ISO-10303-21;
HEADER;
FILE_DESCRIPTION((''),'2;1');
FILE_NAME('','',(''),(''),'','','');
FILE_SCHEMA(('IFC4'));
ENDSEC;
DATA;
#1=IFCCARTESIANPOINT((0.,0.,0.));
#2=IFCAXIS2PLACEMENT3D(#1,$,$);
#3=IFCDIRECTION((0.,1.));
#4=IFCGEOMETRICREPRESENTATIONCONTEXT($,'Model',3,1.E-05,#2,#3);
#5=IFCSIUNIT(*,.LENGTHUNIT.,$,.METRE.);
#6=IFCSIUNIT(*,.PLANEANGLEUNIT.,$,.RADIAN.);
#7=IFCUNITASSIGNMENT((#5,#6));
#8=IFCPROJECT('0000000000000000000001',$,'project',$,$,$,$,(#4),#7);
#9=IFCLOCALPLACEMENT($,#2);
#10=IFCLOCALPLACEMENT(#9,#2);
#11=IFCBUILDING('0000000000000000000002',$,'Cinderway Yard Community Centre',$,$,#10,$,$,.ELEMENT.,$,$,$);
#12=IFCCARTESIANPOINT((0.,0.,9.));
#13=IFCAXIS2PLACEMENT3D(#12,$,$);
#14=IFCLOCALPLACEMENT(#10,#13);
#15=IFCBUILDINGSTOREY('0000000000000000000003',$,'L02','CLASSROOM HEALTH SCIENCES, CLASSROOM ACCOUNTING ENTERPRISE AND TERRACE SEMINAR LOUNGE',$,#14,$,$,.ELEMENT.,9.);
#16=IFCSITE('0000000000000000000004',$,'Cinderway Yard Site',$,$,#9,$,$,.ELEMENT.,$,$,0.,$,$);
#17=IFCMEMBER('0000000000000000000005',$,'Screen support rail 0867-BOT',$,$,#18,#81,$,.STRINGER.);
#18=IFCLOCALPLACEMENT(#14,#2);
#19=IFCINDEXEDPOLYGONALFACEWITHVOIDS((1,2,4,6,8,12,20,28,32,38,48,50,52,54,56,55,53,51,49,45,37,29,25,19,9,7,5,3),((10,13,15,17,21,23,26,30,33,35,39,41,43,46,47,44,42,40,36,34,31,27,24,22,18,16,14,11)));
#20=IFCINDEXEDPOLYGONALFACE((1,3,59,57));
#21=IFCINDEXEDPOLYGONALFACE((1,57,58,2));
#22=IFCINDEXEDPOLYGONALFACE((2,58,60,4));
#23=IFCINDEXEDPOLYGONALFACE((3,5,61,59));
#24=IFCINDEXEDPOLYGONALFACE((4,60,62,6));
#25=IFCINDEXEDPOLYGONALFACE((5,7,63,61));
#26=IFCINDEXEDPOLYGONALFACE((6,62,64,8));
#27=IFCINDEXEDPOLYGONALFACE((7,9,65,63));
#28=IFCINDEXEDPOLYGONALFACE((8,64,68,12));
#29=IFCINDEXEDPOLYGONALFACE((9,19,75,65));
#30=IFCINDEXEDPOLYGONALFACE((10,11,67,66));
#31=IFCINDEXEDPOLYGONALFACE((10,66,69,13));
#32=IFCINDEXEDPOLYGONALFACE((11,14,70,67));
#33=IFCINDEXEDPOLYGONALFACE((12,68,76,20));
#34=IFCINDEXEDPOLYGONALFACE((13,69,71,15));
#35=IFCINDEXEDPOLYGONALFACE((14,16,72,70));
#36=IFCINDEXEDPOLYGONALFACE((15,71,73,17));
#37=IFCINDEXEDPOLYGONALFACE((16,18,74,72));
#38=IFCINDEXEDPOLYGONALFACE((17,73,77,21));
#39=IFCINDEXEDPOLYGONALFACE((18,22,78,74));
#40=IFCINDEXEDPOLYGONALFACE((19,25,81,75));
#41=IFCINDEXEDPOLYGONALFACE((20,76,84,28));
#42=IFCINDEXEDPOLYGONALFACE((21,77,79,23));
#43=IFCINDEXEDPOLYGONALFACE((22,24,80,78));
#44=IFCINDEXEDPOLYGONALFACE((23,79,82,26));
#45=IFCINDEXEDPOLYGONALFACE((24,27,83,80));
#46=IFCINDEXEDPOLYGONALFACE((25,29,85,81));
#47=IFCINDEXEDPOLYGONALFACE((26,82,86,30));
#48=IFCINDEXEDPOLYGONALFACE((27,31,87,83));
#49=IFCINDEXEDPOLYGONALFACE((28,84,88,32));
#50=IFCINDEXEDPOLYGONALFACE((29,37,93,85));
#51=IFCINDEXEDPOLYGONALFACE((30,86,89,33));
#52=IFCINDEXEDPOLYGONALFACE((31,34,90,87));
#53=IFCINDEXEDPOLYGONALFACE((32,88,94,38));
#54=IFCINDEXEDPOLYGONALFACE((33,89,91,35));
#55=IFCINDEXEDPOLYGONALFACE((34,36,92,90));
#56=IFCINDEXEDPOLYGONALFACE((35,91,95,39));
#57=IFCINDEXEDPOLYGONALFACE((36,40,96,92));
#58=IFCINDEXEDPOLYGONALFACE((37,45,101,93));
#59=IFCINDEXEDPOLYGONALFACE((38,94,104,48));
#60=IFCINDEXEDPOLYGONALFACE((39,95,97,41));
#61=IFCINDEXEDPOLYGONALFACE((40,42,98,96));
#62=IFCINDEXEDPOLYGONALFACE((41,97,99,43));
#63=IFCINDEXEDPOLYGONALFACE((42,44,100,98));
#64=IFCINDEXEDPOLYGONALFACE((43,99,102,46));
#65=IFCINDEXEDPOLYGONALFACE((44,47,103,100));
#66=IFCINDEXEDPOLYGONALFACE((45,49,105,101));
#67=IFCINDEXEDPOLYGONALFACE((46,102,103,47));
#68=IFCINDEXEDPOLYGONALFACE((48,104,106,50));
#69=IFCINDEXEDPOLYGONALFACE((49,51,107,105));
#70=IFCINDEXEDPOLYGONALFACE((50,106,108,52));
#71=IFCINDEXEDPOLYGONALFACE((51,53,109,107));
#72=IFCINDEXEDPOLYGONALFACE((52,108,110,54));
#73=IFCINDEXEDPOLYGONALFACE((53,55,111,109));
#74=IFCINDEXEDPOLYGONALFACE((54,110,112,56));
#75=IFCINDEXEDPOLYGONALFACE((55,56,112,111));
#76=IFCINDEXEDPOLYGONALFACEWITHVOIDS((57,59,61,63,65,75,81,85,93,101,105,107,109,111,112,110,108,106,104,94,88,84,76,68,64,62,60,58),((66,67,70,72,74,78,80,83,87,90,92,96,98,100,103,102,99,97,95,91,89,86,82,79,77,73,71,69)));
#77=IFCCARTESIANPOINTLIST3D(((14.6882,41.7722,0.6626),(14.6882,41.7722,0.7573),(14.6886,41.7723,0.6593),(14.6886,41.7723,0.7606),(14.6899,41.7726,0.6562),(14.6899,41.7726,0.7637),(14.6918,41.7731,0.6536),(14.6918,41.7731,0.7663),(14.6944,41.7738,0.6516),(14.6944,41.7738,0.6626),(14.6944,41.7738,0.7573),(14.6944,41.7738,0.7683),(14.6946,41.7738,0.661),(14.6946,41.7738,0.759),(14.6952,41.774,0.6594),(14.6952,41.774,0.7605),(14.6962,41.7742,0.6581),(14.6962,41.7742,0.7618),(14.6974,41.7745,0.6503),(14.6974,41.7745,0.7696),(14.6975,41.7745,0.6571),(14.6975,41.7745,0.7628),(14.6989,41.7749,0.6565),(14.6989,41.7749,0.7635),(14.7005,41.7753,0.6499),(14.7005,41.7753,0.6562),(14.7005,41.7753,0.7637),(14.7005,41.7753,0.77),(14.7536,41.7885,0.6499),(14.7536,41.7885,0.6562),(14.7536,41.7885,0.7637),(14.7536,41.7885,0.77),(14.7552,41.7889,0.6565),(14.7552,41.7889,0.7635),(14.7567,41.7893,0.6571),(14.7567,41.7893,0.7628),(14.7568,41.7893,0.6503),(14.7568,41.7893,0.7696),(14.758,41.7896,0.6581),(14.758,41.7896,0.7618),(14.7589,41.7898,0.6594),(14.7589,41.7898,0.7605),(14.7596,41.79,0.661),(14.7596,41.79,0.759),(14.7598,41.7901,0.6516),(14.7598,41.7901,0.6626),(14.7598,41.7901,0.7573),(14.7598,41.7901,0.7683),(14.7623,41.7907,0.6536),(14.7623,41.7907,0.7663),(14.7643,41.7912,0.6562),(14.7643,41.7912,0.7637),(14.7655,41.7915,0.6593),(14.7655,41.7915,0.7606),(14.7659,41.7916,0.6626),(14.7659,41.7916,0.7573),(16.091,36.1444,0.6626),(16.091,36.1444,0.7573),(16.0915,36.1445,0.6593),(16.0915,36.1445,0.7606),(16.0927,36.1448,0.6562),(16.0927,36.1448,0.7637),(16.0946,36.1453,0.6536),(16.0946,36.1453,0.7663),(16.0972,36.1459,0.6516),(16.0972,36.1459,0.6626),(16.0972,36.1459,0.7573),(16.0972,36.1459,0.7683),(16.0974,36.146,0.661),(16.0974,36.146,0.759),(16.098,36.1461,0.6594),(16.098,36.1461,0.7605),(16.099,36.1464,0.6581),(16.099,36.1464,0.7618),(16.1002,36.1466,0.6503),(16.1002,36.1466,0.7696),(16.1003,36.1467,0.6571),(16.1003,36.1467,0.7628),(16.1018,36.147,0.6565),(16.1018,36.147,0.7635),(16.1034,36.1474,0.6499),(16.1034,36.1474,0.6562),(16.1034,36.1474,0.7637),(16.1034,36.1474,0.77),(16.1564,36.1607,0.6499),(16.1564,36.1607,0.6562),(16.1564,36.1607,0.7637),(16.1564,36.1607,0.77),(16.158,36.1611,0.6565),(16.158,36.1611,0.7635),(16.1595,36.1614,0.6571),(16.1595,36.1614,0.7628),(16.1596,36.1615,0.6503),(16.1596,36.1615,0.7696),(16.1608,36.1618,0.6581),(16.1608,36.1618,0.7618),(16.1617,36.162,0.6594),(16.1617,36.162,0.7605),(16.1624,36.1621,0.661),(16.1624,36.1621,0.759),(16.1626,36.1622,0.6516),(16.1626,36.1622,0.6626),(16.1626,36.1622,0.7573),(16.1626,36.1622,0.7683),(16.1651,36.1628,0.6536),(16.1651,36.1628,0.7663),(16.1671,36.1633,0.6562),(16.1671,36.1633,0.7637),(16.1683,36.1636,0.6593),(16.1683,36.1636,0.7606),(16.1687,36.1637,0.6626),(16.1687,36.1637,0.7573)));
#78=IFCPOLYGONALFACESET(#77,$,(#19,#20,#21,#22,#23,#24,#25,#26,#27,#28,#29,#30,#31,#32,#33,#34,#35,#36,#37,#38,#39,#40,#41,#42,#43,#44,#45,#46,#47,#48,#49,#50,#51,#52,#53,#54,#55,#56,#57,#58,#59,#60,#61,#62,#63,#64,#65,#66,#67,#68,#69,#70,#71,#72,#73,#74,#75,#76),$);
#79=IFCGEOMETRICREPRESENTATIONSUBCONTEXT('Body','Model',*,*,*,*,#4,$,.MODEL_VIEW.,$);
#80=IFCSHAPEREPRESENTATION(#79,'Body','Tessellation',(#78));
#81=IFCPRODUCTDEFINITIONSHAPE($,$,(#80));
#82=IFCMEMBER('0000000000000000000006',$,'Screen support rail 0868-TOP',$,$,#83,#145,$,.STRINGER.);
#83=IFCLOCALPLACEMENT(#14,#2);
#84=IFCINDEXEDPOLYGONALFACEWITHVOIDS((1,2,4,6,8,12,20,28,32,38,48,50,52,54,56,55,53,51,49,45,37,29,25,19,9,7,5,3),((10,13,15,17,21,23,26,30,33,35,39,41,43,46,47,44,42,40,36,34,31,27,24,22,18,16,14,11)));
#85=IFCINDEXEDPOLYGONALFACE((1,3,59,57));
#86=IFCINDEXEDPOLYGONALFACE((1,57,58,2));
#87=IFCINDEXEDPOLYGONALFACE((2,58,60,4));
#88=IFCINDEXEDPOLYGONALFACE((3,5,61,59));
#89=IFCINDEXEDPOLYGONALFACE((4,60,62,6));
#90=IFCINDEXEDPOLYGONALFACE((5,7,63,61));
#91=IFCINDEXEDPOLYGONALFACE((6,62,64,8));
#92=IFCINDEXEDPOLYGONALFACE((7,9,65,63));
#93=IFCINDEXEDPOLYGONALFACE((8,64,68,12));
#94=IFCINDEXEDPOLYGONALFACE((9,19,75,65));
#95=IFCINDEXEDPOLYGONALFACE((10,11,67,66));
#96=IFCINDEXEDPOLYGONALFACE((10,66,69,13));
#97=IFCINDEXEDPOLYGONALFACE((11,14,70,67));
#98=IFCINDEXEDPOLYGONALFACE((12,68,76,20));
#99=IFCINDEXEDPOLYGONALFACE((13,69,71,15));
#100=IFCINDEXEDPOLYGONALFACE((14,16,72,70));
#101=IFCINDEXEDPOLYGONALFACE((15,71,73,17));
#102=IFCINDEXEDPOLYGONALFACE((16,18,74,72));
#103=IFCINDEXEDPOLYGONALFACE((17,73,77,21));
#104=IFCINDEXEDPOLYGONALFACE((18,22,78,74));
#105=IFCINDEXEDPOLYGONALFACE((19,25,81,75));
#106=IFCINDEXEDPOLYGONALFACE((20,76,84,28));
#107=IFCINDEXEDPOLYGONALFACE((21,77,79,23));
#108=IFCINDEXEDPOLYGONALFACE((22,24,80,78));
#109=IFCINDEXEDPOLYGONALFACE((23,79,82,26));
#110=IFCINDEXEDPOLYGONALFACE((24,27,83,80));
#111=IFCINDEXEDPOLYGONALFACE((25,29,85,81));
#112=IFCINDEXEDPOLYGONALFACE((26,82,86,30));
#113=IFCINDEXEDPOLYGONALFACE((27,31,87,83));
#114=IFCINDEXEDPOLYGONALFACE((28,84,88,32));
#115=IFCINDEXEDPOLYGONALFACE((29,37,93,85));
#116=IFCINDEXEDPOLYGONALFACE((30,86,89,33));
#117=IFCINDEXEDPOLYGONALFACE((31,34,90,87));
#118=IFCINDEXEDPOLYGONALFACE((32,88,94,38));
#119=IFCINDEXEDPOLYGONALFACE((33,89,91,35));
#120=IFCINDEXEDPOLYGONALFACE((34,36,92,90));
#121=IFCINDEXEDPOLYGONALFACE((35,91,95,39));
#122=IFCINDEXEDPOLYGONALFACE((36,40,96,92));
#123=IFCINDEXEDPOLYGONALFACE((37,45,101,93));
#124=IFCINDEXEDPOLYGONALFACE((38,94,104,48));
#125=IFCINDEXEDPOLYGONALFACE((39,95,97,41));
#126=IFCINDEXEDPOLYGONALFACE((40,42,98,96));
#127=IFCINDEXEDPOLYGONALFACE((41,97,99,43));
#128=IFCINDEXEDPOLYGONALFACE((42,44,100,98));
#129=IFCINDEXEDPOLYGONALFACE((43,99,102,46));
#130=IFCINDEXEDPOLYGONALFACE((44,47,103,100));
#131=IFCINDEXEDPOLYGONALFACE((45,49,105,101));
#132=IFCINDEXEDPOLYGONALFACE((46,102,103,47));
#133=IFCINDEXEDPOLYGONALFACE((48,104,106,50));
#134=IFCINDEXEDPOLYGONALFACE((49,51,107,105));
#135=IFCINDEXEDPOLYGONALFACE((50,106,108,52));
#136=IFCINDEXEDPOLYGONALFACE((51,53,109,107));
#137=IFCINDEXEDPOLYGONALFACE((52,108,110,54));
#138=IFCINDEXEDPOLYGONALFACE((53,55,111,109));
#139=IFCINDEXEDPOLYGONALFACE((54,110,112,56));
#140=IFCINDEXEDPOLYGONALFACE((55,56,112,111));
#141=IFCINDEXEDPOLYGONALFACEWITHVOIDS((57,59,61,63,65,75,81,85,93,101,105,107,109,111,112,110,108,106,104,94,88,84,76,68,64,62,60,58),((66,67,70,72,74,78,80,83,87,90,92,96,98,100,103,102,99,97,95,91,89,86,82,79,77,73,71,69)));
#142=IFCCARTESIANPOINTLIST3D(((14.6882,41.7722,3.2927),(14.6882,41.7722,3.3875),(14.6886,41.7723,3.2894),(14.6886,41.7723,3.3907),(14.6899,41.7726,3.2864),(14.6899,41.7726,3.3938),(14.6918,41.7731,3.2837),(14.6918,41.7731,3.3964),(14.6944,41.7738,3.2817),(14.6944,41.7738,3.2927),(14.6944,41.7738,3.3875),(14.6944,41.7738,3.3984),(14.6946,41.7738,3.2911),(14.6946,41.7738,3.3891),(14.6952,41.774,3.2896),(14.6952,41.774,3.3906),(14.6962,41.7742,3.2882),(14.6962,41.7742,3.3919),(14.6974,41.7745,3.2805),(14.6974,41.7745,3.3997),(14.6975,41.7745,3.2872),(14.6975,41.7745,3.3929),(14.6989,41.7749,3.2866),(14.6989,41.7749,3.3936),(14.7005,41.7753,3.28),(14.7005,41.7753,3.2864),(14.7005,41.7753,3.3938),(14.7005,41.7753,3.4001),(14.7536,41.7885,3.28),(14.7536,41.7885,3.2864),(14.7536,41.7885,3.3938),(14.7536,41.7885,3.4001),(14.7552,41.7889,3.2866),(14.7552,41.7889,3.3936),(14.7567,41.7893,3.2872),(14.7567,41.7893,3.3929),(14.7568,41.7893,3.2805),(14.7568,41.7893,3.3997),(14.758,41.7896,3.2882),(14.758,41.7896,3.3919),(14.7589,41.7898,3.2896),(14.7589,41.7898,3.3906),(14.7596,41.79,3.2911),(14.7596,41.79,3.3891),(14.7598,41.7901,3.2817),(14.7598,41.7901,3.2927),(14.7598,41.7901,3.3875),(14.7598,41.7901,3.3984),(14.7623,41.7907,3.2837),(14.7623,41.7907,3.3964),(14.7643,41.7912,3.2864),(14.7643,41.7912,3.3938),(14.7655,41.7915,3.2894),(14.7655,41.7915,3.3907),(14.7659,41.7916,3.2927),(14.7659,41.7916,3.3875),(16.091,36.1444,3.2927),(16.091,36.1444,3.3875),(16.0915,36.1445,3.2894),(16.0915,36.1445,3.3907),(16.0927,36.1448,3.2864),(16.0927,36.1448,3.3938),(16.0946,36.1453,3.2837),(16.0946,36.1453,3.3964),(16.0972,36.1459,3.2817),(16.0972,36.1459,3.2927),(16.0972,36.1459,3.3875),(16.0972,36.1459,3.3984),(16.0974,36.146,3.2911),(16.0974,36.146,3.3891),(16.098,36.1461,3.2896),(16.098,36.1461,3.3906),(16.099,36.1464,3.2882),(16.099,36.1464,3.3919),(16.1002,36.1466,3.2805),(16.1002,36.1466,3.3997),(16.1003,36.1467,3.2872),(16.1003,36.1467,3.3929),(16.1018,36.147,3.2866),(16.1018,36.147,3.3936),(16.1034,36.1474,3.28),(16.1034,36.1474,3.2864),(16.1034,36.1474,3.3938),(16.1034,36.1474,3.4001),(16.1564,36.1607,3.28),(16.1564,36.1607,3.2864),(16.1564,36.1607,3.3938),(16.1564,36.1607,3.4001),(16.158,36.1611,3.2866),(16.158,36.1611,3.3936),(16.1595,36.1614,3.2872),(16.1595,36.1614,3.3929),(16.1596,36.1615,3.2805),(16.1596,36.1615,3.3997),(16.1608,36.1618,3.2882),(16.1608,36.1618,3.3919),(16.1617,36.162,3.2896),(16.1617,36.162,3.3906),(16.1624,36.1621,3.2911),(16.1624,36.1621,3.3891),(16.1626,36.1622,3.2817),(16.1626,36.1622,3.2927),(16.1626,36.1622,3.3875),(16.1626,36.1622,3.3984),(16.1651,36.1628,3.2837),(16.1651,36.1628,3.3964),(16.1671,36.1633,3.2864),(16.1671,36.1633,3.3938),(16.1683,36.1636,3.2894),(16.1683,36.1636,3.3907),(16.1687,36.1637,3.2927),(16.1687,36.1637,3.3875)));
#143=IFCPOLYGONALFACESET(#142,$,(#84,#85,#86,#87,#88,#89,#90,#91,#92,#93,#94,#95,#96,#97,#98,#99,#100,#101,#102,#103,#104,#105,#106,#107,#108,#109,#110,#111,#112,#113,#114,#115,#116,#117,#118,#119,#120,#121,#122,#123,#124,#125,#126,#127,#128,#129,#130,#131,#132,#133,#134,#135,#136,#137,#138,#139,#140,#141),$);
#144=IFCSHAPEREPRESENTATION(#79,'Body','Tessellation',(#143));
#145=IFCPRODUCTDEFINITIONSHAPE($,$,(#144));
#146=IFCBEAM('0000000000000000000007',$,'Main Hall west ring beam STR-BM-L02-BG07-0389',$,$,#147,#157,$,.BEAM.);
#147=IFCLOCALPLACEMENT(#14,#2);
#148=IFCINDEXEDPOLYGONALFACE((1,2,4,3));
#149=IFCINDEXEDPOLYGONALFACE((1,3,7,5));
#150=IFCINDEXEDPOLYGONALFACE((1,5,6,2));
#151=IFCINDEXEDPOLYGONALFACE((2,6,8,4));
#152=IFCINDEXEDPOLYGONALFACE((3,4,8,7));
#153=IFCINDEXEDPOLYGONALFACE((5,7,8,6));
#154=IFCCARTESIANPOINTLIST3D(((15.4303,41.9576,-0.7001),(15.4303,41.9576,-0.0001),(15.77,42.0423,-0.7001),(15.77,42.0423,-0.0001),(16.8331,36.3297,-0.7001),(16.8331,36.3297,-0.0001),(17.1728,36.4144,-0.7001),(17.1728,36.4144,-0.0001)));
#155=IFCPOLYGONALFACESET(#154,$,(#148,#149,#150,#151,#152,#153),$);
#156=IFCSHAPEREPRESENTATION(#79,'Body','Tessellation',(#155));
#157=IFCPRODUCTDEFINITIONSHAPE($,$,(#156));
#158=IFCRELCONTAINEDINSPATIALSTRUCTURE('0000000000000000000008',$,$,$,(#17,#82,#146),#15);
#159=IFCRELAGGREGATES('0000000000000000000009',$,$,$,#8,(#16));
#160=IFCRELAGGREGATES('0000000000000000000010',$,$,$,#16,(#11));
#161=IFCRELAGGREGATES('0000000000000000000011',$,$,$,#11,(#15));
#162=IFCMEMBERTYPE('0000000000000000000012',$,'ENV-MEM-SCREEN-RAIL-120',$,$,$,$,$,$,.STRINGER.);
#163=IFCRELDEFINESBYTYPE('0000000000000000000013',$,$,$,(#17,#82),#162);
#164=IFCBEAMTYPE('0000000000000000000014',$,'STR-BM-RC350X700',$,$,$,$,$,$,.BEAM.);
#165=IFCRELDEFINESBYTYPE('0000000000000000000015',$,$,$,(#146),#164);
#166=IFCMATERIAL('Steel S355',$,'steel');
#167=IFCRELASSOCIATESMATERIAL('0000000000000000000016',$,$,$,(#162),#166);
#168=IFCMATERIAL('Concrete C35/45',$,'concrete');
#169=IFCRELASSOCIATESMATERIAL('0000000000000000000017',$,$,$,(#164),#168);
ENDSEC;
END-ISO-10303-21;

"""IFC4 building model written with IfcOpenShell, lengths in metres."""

from ifc_helpers import new_model, si_unit, direction, frame, origin, origin_2d, place, context, subcontext, project, spatial, rectangle, hollow_rectangle, extrude, material, material_profile, profile_set, type_object, element, save


model = new_model("IFC4")

# Units and contexts
model_context = context("Model", 3, precision=1e-05, world=origin(), true_north=direction((0.0, 1.0)))
body_context = subcontext(model_context, "Body", "Model", "MODEL_VIEW")
ifc_project = project(units=[si_unit("LENGTHUNIT", "METRE"), si_unit("PLANEANGLEUNIT", "RADIAN")], contexts=[model_context])

# Site, building, storey
site_placement = place(None, origin())
site = spatial("IfcSite", under=ifc_project, at=site_placement, Name="Cinderway Yard Site", CompositionType="ELEMENT", RefElevation=0.0)
building_placement = place(site_placement, origin())
building = spatial("IfcBuilding", under=site, at=building_placement, Name="Cinderway Yard Community Centre", CompositionType="ELEMENT")
storey_placement = place(building_placement, frame((0.0, 0.0, 9.0)))
storey = spatial("IfcBuildingStorey", under=building, at=storey_placement, Name="L02", Description="CLASSROOM HEALTH SCIENCES, CLASSROOM ACCOUNTING ENTERPRISE AND TERRACE SEMINAR LOUNGE", CompositionType="ELEMENT", Elevation=9.0)

# Members
ifc_material_1 = material(Name="Steel S355", Category="steel")
ifc_material_profile_1 = material_profile(ifc_material_1, hollow_rectangle(XDim=0.0801, YDim=0.1201, WallThickness=0.0063, InnerFilletRadius=0.0063, OuterFilletRadius=0.0127, at=origin_2d()), Name="Steel S355")
ifc_profile_set_1 = profile_set([ifc_material_profile_1], Name="Steel S355")
member_type_1 = type_object("IfcMemberType", Name="ENV-MEM-SCREEN-RAIL-120", PredefinedType="STRINGER", material=ifc_profile_set_1)
for number, where, z_axis, x_axis, name in (
    (1, (16.1299, 36.1541, 0.71), (-0.241862, 0.970311, 0.0), (-0.970311, -0.241862, 0.0), "Screen support rail 0867-BOT"),
    (2, (16.1299, 36.1541, 3.3401), (-0.241862, 0.970311, 0.0), (-0.970311, -0.241862, 0.0), "Screen support rail 0868-TOP"),
):
    element("IfcMember", number, at=place(storey_placement, frame(where, z_axis=z_axis, x_axis=x_axis)), inside=storey, type_object=member_type_1, Name=name, PredefinedType="STRINGER", context=body_context, shape_type="SweptSolid", body=[
        extrude(hollow_rectangle(XDim=0.0801, YDim=0.1201, WallThickness=0.0063, InnerFilletRadius=0.0063, OuterFilletRadius=0.0127, at=origin_2d()), origin(), (0.0, 0.0, 1.0), 5.8),
    ])

# Beam
ifc_material_2 = material(Name="Concrete C35/45", Category="concrete")
ifc_material_profile_2 = material_profile(ifc_material_2, rectangle(XDim=0.3501, YDim=0.7, at=origin_2d()), Name="Concrete C35/45")
ifc_profile_set_2 = profile_set([ifc_material_profile_2], Name="Concrete C35/45")
beam_type = type_object("IfcBeamType", Name="STR-BM-RC350X700", PredefinedType="BEAM", material=ifc_profile_set_2)
beam_placement = place(storey_placement, frame((17.0029, 36.3721, -0.3501), z_axis=(-0.241862, 0.970311, 0.0), x_axis=(-0.970311, -0.241862, 0.0)))
element("IfcBeam", 3, at=beam_placement, inside=storey, type_object=beam_type, Name="Main Hall west ring beam STR-BM-L02-BG07-0389", PredefinedType="BEAM", context=body_context, shape_type="SweptSolid", body=[
    extrude(rectangle(XDim=0.3501, YDim=0.7, at=origin_2d()), origin(), (0.0, 0.0, 1.0), 5.8),
])

save(model, "model.ifc")
